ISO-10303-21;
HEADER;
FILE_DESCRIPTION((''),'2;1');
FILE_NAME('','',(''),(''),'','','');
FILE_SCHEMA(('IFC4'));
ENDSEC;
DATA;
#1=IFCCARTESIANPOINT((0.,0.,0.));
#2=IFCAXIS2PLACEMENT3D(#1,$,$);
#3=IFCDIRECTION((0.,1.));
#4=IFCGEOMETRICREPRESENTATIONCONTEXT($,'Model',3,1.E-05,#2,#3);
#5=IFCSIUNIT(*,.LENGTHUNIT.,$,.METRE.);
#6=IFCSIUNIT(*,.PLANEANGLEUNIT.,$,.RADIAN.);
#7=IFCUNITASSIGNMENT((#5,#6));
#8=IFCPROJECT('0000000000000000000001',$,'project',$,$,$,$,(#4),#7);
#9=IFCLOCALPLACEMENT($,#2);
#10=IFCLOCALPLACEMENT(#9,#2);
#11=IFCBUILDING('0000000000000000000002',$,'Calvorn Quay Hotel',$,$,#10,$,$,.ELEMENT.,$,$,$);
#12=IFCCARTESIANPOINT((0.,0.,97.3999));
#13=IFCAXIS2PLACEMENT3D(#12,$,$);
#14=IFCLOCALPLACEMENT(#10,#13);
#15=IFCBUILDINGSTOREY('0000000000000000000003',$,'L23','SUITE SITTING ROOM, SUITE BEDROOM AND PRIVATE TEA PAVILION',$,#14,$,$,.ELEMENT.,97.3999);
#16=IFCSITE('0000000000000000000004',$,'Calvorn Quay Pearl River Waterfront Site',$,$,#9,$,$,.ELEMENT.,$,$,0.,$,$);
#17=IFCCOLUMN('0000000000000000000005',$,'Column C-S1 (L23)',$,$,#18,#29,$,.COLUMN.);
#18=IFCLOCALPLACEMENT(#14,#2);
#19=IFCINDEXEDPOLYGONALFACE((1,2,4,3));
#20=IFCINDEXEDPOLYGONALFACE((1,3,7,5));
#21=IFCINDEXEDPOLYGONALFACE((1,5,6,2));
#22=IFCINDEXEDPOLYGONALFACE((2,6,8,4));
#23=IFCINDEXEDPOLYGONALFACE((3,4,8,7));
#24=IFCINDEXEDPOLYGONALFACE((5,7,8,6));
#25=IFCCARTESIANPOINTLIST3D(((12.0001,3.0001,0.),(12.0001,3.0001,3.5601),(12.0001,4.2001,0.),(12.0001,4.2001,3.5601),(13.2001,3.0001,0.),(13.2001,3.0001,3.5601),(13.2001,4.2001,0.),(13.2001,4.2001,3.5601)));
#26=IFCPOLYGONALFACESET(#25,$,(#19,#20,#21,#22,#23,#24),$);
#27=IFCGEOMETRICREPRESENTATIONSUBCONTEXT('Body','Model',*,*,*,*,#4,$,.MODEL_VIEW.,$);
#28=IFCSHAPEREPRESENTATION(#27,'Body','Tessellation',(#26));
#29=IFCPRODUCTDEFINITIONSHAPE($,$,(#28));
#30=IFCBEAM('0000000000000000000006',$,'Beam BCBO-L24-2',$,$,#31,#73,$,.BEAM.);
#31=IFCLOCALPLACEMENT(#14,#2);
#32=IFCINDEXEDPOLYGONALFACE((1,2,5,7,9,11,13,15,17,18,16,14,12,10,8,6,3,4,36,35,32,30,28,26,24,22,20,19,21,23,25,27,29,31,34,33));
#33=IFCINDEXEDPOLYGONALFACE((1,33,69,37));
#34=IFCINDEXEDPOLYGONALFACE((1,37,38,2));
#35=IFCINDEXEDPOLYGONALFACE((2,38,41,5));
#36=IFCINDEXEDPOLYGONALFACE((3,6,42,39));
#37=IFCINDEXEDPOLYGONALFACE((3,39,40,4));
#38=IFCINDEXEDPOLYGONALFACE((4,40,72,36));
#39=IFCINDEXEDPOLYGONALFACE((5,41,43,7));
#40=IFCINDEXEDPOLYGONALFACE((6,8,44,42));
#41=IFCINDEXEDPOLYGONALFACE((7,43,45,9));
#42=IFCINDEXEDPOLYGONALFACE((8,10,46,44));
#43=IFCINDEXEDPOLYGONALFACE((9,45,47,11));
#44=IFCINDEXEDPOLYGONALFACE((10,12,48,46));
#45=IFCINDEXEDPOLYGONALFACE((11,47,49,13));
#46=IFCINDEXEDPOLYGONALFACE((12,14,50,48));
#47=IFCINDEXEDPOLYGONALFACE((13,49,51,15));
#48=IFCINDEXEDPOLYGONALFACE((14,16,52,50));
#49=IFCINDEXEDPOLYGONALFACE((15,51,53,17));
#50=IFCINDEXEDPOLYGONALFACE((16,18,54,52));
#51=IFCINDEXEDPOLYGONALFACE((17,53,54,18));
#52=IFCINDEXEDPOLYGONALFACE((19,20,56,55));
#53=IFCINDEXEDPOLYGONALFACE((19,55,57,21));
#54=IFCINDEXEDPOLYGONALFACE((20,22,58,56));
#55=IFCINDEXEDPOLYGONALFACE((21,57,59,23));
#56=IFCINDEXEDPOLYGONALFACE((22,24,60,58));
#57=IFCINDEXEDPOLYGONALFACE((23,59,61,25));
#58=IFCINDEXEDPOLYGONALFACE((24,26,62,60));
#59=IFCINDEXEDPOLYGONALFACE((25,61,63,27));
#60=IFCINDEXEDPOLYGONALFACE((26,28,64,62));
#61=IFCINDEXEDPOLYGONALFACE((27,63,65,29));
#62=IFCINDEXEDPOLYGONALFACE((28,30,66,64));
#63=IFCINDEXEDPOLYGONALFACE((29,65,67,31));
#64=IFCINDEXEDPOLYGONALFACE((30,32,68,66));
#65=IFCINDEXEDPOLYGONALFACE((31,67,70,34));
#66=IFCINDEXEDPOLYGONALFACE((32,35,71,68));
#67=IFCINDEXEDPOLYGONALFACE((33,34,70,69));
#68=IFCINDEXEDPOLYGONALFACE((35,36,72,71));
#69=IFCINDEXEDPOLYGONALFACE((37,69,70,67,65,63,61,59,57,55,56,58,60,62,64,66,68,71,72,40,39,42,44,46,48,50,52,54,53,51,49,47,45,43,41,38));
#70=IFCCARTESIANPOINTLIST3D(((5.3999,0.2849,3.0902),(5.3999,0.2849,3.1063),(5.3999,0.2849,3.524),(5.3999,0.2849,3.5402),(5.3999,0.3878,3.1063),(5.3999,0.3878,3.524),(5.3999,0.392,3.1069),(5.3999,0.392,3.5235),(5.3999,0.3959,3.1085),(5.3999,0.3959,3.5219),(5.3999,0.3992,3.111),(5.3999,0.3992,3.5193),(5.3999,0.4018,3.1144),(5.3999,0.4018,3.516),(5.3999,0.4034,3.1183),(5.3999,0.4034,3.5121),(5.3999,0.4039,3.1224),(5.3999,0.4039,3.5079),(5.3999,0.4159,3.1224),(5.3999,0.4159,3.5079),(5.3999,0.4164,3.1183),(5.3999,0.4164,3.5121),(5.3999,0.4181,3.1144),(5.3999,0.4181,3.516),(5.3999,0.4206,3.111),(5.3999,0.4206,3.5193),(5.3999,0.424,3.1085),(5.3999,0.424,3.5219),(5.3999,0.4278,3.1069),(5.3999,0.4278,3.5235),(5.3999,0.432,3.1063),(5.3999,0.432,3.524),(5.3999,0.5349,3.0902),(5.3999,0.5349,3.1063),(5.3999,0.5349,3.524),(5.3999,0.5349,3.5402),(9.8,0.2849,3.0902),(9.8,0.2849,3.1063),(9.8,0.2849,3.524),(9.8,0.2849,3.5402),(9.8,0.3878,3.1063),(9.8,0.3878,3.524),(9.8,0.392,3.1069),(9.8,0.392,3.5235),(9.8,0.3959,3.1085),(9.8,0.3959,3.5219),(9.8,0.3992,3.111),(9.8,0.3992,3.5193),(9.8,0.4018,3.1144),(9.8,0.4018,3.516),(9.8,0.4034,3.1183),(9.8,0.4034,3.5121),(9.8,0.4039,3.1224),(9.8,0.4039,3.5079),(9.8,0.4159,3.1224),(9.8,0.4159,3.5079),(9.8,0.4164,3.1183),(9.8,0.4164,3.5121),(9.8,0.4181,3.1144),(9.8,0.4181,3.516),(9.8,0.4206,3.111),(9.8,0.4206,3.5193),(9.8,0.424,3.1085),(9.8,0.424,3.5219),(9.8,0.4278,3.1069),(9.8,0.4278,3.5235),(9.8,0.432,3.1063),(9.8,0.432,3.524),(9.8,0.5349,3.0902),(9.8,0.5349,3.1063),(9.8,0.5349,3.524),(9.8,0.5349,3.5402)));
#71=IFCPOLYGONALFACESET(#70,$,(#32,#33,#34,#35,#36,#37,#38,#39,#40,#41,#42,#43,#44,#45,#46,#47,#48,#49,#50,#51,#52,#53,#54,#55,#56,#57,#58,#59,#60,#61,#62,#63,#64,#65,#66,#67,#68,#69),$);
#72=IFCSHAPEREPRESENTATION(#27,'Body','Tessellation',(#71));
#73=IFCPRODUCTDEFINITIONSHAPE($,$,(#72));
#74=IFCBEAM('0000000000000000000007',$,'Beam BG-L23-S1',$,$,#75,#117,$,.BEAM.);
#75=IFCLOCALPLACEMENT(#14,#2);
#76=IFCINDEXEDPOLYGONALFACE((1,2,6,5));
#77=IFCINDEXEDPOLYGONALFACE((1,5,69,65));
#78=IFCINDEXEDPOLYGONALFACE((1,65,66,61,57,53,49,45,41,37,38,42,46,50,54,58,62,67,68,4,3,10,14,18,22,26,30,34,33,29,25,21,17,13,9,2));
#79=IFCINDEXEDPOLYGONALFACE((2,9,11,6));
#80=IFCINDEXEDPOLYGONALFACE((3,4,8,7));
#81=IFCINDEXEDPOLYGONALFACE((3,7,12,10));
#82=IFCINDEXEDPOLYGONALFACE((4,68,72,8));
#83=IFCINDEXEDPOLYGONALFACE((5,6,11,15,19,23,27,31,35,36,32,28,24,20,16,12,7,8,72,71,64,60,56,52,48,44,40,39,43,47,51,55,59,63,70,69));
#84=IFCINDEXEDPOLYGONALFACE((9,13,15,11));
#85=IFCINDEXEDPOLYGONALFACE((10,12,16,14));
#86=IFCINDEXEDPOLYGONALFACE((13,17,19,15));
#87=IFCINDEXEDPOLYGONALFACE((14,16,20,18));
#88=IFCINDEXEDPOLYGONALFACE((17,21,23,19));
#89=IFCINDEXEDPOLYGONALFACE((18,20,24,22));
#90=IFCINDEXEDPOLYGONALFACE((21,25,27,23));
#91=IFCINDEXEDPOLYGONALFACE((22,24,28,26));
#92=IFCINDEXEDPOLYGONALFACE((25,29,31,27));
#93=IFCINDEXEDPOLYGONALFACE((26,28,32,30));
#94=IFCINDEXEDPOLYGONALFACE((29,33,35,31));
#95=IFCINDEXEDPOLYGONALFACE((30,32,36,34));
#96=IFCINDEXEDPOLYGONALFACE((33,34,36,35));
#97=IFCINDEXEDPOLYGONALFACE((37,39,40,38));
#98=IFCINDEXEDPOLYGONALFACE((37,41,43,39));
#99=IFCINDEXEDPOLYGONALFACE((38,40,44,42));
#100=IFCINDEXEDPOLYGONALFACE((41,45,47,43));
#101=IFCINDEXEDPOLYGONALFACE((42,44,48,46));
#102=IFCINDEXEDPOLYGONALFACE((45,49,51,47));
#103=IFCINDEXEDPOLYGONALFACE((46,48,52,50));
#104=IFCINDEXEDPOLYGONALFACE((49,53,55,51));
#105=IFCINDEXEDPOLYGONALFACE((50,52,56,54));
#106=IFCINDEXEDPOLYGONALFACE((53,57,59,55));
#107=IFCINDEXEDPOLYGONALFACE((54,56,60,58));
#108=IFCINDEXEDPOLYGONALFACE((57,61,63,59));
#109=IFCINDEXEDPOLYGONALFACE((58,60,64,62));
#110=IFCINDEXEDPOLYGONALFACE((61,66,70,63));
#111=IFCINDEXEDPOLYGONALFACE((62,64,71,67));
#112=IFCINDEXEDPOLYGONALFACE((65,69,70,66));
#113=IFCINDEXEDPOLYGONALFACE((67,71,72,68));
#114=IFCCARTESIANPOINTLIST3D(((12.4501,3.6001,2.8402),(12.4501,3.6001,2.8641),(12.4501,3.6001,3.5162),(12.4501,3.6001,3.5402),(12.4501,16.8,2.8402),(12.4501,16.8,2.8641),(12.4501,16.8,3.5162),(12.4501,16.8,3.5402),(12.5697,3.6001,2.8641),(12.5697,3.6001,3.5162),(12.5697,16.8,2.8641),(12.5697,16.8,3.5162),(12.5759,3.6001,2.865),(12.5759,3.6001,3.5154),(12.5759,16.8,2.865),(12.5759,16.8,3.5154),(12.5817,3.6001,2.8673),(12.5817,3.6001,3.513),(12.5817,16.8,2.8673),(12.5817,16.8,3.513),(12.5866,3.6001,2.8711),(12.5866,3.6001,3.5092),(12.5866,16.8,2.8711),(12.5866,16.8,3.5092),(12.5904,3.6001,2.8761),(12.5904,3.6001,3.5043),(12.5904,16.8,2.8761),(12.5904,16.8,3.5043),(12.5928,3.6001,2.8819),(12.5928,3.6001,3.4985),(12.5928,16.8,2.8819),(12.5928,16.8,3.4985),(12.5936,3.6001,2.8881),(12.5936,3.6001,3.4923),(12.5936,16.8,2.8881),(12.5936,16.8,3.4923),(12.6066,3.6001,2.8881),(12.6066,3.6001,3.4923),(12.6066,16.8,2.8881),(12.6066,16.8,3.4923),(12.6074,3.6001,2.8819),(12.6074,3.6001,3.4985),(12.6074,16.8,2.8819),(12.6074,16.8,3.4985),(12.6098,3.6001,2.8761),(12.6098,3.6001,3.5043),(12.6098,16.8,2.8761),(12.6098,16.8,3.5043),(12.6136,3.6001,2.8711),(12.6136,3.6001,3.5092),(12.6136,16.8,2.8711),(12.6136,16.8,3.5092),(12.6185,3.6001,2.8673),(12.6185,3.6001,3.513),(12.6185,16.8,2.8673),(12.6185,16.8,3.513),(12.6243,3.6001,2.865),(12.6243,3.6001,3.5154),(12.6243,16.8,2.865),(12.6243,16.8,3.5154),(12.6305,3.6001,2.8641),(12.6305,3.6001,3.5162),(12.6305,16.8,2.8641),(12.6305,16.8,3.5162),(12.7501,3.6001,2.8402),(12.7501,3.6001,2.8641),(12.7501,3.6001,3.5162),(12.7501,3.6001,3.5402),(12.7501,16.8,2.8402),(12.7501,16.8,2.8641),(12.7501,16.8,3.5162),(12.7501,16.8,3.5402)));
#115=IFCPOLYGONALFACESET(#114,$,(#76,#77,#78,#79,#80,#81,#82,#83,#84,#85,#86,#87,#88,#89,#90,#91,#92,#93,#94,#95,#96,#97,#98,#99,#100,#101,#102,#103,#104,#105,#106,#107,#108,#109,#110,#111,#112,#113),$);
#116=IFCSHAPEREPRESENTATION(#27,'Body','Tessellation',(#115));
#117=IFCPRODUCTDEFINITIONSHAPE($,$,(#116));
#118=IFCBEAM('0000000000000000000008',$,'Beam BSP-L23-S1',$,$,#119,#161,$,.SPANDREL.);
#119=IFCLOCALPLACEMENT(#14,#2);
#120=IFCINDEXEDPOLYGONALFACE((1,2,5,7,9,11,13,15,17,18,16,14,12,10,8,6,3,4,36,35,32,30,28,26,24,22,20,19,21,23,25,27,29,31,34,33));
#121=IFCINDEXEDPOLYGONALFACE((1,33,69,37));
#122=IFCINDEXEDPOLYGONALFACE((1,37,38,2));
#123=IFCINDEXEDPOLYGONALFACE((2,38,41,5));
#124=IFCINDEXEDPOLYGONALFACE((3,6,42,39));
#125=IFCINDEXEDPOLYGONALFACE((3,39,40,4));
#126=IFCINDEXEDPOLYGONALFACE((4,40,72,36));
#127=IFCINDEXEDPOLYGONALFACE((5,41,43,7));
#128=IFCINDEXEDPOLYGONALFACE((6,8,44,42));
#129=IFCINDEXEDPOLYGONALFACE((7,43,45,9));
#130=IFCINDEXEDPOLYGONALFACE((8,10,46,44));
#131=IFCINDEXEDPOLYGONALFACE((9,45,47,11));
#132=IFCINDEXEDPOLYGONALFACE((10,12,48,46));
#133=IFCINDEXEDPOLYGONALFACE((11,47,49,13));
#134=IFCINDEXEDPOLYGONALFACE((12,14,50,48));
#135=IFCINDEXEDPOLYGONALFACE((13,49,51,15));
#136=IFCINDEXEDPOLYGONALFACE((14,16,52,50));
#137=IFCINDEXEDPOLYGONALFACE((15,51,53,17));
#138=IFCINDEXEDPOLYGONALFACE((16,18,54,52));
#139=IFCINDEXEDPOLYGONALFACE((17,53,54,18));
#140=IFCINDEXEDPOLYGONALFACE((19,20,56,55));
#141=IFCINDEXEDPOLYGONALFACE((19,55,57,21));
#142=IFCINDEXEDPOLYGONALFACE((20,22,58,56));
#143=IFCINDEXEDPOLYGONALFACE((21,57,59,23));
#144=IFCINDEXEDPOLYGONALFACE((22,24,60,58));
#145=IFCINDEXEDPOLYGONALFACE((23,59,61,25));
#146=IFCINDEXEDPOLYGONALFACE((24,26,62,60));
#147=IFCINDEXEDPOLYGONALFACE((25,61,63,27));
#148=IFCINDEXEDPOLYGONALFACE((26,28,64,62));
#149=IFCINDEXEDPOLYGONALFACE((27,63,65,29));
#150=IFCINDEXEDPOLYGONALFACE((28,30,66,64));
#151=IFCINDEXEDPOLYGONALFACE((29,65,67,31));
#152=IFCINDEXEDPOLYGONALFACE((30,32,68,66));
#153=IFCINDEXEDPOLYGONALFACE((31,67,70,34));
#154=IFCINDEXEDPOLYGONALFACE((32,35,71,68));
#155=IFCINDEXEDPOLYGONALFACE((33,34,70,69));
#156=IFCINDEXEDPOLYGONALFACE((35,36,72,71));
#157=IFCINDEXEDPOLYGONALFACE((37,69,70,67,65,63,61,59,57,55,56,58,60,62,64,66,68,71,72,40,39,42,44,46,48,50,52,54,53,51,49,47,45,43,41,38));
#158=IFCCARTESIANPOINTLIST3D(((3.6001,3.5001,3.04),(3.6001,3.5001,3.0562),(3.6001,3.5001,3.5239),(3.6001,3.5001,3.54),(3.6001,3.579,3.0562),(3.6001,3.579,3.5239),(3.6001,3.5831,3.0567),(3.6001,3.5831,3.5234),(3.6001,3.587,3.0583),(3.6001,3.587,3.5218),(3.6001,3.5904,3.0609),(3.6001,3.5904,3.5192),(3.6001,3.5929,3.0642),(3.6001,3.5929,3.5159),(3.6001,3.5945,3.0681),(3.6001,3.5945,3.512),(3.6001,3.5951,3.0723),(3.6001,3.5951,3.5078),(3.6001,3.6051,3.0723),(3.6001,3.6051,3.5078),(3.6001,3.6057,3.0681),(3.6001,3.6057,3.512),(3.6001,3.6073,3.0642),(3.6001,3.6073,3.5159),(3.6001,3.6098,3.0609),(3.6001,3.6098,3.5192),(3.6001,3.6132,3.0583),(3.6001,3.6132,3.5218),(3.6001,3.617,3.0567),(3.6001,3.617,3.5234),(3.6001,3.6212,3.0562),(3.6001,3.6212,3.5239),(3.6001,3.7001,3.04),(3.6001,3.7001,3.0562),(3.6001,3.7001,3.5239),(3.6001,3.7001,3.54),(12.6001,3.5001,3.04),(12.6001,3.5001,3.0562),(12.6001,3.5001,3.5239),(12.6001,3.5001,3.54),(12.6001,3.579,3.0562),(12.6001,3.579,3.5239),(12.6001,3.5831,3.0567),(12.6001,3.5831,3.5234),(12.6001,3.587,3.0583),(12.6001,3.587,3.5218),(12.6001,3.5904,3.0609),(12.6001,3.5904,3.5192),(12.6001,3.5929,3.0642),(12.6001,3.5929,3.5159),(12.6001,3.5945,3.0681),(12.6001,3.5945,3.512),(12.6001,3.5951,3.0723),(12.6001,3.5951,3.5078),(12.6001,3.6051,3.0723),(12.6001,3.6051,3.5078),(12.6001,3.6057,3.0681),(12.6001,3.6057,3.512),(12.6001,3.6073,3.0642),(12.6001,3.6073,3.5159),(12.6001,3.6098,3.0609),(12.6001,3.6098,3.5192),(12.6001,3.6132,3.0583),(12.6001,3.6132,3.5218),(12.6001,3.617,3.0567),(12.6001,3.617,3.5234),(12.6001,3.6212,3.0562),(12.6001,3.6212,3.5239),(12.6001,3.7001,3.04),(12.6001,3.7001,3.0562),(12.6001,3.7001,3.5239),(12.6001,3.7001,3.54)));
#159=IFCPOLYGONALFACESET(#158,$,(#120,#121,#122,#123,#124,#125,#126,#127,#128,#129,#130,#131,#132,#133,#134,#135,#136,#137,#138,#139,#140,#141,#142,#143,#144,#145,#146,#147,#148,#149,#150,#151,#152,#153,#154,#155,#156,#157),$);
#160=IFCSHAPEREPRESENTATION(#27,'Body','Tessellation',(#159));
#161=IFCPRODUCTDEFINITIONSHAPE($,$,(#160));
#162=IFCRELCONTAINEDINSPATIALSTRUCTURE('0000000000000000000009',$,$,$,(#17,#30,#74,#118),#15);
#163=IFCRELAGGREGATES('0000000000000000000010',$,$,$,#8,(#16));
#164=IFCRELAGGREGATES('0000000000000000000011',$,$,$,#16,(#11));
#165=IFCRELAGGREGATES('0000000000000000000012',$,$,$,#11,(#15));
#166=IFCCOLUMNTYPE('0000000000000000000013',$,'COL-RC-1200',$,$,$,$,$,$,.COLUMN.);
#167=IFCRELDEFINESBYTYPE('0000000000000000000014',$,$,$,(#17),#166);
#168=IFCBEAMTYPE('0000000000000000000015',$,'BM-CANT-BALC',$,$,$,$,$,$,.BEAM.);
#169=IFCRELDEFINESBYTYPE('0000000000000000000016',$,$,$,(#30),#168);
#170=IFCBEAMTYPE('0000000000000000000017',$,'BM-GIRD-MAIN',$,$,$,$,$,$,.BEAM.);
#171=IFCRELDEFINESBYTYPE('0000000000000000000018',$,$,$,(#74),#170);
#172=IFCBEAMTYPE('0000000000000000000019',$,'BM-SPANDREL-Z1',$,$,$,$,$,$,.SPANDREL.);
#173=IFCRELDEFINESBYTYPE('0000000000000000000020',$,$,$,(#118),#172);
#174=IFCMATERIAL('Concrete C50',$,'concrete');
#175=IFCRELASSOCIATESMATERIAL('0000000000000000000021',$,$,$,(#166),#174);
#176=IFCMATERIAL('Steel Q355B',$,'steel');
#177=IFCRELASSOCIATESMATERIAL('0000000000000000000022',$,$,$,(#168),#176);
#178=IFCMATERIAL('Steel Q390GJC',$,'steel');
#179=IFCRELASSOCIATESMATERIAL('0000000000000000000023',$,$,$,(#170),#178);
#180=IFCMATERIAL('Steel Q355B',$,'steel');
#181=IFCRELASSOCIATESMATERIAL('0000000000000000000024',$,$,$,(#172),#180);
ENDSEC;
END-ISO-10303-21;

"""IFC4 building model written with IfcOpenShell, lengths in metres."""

from ifc_helpers import new_model, si_unit, direction, frame, origin, origin_2d, place, context, subcontext, project, spatial, rectangle, i_section, extrude, material, material_profile, profile_set, type_object, element, save


model = new_model("IFC4")

# Units and contexts
model_context = context("Model", 3, precision=1e-05, world=origin(), true_north=direction((0.0, 1.0)))
body_context = subcontext(model_context, "Body", "Model", "MODEL_VIEW")
ifc_project = project(units=[si_unit("LENGTHUNIT", "METRE"), si_unit("PLANEANGLEUNIT", "RADIAN")], contexts=[model_context])

# Site, building, storey
site_placement = place(None, origin())
site = spatial("IfcSite", under=ifc_project, at=site_placement, Name="Calvorn Quay Pearl River Waterfront Site", CompositionType="ELEMENT", RefElevation=0.0)
building_placement = place(site_placement, origin())
building = spatial("IfcBuilding", under=site, at=building_placement, Name="Calvorn Quay Hotel", CompositionType="ELEMENT")
storey_placement = place(building_placement, frame((0.0, 0.0, 97.3999)))
storey = spatial("IfcBuildingStorey", under=building, at=storey_placement, Name="L23", Description="SUITE SITTING ROOM, SUITE BEDROOM AND PRIVATE TEA PAVILION", CompositionType="ELEMENT", Elevation=97.3999)

# Column
ifc_material_1 = material(Name="Concrete C50", Category="concrete")
ifc_material_profile_1 = material_profile(ifc_material_1, rectangle(XDim=1.2, YDim=1.2, at=origin_2d()), Name="RC1200x1200")
ifc_profile_set_1 = profile_set([ifc_material_profile_1], Name="Concrete C50")
column_type = type_object("IfcColumnType", Name="COL-RC-1200", PredefinedType="COLUMN", material=ifc_profile_set_1)
column_placement = place(storey_placement, frame((12.6001, 3.6001, 0.0), z_axis=(0.0, 0.0, 1.0), x_axis=(1.0, 0.0, 0.0)))
element("IfcColumn", 1, at=column_placement, inside=storey, type_object=column_type, Name="Column C-S1 (L23)", PredefinedType="COLUMN", context=body_context, shape_type="SweptSolid", body=[
    extrude(rectangle(XDim=1.2, YDim=1.2, at=origin_2d()), origin(), (0.0, 0.0, 1.0), 3.5601),
])

# Beams
ifc_material_2 = material(Name="Steel Q355B", Category="steel")
ifc_material_profile_2 = material_profile(ifc_material_2, i_section(OverallWidth=0.25, OverallDepth=0.45, WebThickness=0.012, FlangeThickness=0.0161, FilletRadius=0.0161, at=origin_2d()), Name="HN450x250x12x16")
ifc_profile_set_2 = profile_set([ifc_material_profile_2], Name="Steel Q355B")
beam_type_1 = type_object("IfcBeamType", Name="BM-CANT-BALC", PredefinedType="BEAM", material=ifc_profile_set_2)
beam_1_placement = place(storey_placement, frame((5.3999, 0.4099, 3.3152), z_axis=(1.0, 0.0, 0.0), x_axis=(0.0, 1.0, 0.0)))
element("IfcBeam", 2, at=beam_1_placement, inside=storey, type_object=beam_type_1, Name="Beam BCBO-L24-2", PredefinedType="BEAM", context=body_context, shape_type="SweptSolid", body=[
    extrude(i_section(OverallWidth=0.25, OverallDepth=0.45, WebThickness=0.012, FlangeThickness=0.0161, FilletRadius=0.0161, at=origin_2d()), origin(), (0.0, 0.0, 1.0), 4.4001),
])
ifc_material_3 = material(Name="Steel Q390GJC", Category="steel")
ifc_material_profile_3 = material_profile(ifc_material_3, i_section(OverallWidth=0.3, OverallDepth=0.7, WebThickness=0.0129, FlangeThickness=0.0239, FilletRadius=0.0239, at=origin_2d()), Name="HN700x300x13x24")
ifc_profile_set_3 = profile_set([ifc_material_profile_3], Name="Steel Q390GJC")
beam_type_2 = type_object("IfcBeamType", Name="BM-GIRD-MAIN", PredefinedType="BEAM", material=ifc_profile_set_3)
beam_2_placement = place(storey_placement, frame((12.6001, 3.6001, 3.1902), z_axis=(0.0, 1.0, 0.0), x_axis=(-1.0, 0.0, 0.0)))
element("IfcBeam", 3, at=beam_2_placement, inside=storey, type_object=beam_type_2, Name="Beam BG-L23-S1", PredefinedType="BEAM", context=body_context, shape_type="SweptSolid", body=[
    extrude(i_section(OverallWidth=0.3, OverallDepth=0.7, WebThickness=0.0129, FlangeThickness=0.0239, FilletRadius=0.0239, at=origin_2d()), origin(), (0.0, 0.0, 1.0), 13.2),
])
ifc_material_4 = material(Name="Steel Q355B", Category="steel")
ifc_material_profile_4 = material_profile(ifc_material_4, i_section(OverallWidth=0.2, OverallDepth=0.5, WebThickness=0.01, FlangeThickness=0.0161, FilletRadius=0.0161, at=origin_2d()), Name="HN500x200x10x16")
ifc_profile_set_4 = profile_set([ifc_material_profile_4], Name="Steel Q355B")
beam_type_3 = type_object("IfcBeamType", Name="BM-SPANDREL-Z1", PredefinedType="SPANDREL", material=ifc_profile_set_4)
beam_3_placement = place(storey_placement, frame((3.6001, 3.6001, 3.29), z_axis=(1.0, 0.0, 0.0), x_axis=(0.0, 1.0, 0.0)))
element("IfcBeam", 4, at=beam_3_placement, inside=storey, type_object=beam_type_3, Name="Beam BSP-L23-S1", PredefinedType="SPANDREL", context=body_context, shape_type="SweptSolid", body=[
    extrude(i_section(OverallWidth=0.2, OverallDepth=0.5, WebThickness=0.01, FlangeThickness=0.0161, FilletRadius=0.0161, at=origin_2d()), origin(), (0.0, 0.0, 1.0), 9.0),
])

save(model, "model.ifc")
